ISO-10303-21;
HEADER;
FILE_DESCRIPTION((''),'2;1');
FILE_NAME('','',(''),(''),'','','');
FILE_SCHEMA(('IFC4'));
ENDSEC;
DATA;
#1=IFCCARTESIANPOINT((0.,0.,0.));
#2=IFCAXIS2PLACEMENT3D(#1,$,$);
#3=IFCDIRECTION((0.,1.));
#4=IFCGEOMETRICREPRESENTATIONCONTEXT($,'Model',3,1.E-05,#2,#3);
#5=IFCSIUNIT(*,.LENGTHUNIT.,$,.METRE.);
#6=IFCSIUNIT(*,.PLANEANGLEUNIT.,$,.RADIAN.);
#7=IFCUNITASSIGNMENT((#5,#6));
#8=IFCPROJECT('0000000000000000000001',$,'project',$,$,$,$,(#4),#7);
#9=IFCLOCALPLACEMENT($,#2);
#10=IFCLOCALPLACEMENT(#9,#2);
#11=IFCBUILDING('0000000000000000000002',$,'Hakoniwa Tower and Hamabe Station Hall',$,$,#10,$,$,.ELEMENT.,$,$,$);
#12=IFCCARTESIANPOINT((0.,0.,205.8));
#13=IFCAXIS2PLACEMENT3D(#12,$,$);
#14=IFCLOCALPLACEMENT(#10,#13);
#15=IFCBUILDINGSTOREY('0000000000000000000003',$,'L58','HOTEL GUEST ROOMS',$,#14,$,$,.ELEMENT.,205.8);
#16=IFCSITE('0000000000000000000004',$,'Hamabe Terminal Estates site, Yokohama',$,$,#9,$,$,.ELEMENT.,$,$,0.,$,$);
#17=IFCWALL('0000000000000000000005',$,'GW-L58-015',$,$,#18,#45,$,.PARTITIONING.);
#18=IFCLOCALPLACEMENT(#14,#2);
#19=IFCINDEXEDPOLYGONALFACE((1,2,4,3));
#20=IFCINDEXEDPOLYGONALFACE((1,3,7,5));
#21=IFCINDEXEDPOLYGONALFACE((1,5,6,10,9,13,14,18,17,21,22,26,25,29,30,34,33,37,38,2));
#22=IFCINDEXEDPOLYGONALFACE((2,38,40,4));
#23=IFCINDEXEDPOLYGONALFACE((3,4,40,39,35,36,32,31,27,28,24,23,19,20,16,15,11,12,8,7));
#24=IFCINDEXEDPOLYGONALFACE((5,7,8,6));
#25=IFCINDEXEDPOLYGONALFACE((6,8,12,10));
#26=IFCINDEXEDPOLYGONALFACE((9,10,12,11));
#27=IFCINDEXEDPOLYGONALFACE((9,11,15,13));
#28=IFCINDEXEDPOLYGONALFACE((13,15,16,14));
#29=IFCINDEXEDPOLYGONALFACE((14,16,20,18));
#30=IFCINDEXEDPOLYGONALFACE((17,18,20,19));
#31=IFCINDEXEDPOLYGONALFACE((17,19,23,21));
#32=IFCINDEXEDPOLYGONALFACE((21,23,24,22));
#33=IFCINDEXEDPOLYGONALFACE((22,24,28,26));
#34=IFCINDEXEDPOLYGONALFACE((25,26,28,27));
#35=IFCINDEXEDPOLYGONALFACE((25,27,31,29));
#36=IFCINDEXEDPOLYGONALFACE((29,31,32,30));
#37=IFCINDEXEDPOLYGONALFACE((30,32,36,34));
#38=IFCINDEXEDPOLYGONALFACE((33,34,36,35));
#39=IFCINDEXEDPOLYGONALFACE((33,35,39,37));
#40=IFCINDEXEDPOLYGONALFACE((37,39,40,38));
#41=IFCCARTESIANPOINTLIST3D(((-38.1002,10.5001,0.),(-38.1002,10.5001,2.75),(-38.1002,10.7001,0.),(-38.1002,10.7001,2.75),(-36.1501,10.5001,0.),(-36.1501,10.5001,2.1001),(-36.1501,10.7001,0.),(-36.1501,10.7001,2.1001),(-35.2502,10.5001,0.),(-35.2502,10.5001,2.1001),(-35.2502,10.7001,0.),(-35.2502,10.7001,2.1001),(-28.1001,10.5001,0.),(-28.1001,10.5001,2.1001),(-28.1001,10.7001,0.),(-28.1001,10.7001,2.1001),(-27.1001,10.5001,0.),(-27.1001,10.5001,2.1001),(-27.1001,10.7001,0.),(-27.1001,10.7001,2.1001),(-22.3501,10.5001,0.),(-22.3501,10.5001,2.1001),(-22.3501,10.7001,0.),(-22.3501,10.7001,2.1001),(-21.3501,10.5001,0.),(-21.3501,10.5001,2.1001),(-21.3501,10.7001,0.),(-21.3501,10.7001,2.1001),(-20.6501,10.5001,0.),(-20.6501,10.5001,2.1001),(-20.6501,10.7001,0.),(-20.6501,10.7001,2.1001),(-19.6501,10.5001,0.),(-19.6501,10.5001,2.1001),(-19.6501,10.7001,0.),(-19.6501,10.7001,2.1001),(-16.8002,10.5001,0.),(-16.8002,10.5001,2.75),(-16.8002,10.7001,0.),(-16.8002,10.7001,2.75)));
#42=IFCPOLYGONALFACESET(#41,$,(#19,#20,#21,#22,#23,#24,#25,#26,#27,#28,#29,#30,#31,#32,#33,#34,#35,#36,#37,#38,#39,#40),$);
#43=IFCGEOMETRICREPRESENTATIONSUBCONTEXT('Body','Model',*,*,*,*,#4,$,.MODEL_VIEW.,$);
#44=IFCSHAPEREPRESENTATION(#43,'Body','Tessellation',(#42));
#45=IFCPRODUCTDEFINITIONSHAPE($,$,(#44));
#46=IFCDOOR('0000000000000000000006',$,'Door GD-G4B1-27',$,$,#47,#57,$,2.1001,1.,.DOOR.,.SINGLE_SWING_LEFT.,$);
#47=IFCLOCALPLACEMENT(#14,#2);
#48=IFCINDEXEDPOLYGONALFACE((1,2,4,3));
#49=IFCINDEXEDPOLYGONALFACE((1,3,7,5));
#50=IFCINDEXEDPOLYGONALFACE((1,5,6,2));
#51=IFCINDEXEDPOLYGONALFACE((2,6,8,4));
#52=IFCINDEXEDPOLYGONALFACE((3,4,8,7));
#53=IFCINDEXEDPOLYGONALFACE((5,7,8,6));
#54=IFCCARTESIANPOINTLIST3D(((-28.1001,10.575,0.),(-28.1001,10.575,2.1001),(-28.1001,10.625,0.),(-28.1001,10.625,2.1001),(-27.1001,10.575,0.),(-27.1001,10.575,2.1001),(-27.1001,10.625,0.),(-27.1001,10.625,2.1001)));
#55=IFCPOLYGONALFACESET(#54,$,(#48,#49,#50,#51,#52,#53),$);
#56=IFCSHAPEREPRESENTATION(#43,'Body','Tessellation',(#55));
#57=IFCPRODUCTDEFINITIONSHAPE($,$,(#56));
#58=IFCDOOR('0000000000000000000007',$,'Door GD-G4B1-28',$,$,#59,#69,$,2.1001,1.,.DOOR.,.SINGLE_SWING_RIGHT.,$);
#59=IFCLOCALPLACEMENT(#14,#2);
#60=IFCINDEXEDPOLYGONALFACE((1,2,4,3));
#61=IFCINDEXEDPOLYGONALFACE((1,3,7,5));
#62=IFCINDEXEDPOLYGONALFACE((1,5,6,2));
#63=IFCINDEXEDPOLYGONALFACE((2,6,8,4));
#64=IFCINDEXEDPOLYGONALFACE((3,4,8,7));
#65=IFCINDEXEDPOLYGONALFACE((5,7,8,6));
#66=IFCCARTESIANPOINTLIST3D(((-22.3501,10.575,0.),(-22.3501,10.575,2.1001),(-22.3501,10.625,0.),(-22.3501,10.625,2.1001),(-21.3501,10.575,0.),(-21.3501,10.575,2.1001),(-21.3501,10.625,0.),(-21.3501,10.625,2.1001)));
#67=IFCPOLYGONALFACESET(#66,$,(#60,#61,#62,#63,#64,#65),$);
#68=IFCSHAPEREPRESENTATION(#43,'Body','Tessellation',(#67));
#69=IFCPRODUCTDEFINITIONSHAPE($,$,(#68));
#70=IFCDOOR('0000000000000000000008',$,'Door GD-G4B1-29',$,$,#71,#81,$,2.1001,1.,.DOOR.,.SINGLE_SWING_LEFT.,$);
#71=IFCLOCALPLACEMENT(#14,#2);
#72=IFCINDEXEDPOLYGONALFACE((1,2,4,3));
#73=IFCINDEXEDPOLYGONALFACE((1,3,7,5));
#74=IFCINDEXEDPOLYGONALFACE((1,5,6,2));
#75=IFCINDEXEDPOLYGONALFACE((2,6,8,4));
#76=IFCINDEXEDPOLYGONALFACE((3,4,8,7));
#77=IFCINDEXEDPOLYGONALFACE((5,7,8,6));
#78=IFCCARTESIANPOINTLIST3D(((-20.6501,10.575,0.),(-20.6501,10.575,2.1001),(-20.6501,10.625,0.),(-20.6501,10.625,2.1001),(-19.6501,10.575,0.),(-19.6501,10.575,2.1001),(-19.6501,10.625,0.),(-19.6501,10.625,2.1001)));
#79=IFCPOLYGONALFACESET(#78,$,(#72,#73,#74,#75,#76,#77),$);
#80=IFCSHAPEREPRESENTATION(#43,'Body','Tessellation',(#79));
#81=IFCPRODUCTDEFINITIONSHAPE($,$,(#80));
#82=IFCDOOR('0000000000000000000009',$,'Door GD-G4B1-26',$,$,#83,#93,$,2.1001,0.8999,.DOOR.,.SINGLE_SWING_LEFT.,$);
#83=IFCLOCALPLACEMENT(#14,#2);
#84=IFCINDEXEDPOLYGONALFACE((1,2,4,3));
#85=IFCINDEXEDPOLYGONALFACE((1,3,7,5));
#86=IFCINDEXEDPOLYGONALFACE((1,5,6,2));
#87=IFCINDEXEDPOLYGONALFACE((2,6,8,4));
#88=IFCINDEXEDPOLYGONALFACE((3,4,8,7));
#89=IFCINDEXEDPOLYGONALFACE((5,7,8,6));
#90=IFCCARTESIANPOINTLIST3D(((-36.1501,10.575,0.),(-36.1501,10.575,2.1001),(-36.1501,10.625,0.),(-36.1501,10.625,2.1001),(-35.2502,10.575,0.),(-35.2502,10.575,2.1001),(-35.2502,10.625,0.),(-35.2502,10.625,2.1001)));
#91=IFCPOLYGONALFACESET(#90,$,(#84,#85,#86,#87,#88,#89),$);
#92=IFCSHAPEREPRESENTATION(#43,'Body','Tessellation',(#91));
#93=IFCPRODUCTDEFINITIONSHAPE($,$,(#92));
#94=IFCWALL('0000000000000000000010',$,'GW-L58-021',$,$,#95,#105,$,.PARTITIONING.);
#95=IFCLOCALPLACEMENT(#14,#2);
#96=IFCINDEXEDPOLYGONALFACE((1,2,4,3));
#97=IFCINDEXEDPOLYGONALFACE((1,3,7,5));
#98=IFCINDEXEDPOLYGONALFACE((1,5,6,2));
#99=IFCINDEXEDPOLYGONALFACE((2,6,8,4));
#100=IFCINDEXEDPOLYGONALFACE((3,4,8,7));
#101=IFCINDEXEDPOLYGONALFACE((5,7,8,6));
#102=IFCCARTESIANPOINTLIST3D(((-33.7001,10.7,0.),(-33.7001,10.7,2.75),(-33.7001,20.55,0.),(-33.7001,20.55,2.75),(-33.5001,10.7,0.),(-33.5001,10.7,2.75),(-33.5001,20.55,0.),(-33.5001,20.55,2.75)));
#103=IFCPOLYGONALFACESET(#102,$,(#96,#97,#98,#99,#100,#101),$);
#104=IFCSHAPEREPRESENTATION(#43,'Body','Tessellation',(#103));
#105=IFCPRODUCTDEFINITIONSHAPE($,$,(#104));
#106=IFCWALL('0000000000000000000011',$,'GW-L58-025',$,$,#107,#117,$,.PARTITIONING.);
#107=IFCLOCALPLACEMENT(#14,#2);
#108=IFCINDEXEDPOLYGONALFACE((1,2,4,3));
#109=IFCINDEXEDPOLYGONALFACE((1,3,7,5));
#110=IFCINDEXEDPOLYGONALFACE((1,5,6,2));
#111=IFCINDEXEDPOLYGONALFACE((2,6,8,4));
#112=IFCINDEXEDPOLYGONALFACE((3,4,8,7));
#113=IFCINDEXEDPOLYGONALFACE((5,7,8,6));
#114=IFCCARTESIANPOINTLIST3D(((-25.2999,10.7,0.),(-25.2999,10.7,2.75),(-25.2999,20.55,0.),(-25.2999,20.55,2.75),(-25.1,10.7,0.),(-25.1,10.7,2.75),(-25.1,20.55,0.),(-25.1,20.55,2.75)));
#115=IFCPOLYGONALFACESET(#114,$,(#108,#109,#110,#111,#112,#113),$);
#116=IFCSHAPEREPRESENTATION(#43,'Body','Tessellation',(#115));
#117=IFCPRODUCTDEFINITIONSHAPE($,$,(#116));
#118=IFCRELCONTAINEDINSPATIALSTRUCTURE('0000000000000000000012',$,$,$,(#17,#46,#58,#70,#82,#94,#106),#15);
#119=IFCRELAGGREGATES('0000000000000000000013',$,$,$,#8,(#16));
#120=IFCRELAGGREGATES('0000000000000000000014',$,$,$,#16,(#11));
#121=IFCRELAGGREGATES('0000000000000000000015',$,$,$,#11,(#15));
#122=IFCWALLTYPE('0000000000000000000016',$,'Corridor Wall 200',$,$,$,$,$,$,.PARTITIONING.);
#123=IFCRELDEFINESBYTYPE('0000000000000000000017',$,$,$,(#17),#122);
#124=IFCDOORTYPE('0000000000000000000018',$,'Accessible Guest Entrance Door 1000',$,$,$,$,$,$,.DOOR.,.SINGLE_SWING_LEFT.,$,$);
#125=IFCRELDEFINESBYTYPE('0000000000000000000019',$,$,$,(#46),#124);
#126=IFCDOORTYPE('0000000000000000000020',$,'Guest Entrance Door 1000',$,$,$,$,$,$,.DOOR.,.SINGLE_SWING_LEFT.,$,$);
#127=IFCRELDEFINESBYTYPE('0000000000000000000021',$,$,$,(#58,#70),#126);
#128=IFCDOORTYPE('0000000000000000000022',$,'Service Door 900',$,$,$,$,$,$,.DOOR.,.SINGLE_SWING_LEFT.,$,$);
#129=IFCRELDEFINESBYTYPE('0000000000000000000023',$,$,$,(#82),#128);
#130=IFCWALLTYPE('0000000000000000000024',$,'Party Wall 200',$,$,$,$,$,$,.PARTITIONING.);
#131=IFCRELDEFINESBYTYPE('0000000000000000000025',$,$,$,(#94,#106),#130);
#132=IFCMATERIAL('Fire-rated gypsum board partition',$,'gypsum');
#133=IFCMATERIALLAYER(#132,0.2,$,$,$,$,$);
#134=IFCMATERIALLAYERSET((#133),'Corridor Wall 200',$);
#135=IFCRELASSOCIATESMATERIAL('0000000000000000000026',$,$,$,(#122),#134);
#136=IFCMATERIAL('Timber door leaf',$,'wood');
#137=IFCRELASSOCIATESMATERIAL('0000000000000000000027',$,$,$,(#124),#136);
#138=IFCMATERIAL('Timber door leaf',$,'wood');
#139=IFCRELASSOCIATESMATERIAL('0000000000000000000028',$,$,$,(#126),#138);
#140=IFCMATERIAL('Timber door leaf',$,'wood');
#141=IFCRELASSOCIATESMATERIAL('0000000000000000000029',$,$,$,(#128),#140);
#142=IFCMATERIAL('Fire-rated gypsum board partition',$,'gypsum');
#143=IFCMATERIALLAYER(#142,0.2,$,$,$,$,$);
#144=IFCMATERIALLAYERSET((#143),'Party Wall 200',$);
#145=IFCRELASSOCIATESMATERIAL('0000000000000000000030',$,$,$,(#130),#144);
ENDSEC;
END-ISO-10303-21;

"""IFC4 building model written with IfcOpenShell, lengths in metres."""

from ifc_helpers import new_model, si_unit, direction, frame, frame_2d, origin, place, context, subcontext, project, spatial, rectangle, extrude, material, layer, layer_set, type_object, element, fill, save


model = new_model("IFC4")

# Units and contexts
model_context = context("Model", 3, precision=1e-05, world=origin(), true_north=direction((0.0, 1.0)))
body_context = subcontext(model_context, "Body", "Model", "MODEL_VIEW")
ifc_project = project(units=[si_unit("LENGTHUNIT", "METRE"), si_unit("PLANEANGLEUNIT", "RADIAN")], contexts=[model_context])

# Site, building, storey
site_placement = place(None, origin())
site = spatial("IfcSite", under=ifc_project, at=site_placement, Name="Hamabe Terminal Estates site, Yokohama", CompositionType="ELEMENT", RefElevation=0.0)
building_placement = place(site_placement, origin())
building = spatial("IfcBuilding", under=site, at=building_placement, Name="Hakoniwa Tower and Hamabe Station Hall", CompositionType="ELEMENT")
storey_placement = place(building_placement, frame((0.0, 0.0, 205.8)))
storey = spatial("IfcBuildingStorey", under=building, at=storey_placement, Name="L58", Description="HOTEL GUEST ROOMS", CompositionType="ELEMENT", Elevation=205.8)

# Wall, openings, doors
ifc_material_1 = material(Name="Fire-rated gypsum board partition", Category="gypsum")
ifc_layer_1 = layer(ifc_material_1, 0.2)
ifc_layer_set_1 = layer_set([ifc_layer_1], Name="Corridor Wall 200")
wall_type_1 = type_object("IfcWallType", Name="Corridor Wall 200", PredefinedType="PARTITIONING", material=ifc_layer_set_1)
wall_1_placement = place(storey_placement, frame((-38.1001, 10.6001, 0.0), z_axis=(0.0, 0.0, 1.0), x_axis=(1.0, 0.0, 0.0)))
wall_1 = element("IfcWall", 1, at=wall_1_placement, inside=storey, type_object=wall_type_1, Name="GW-L58-015", PredefinedType="PARTITIONING", context=body_context, shape_type="SweptSolid", body=[
    extrude(rectangle(XDim=21.3, YDim=0.2, at=frame_2d((10.6499, 0.0))), origin(), (0.0, 0.0, 1.0), 2.75),
])
opening_1_placement = place(wall_1_placement, frame((1.95, 0.0, 0.0)))
opening_1 = element("IfcOpeningElement", 2, at=opening_1_placement, cuts=wall_1, PredefinedType="OPENING", context=body_context, shape_type="SweptSolid", body=[
    extrude(rectangle(XDim=0.8999, YDim=2.1001, at=frame_2d((0.45, 1.05))), frame((0.0, 0.1099, 0.0), z_axis=(0.0, -1.0, 0.0), x_axis=(1.0, 0.0, 0.0)), (0.0, 0.0, 1.0), 0.22),
])
opening_2_placement = place(wall_1_placement, frame((10.0, 0.0, 0.0)))
opening_2 = element("IfcOpeningElement", 3, at=opening_2_placement, cuts=wall_1, PredefinedType="OPENING", context=body_context, shape_type="SweptSolid", body=[
    extrude(rectangle(XDim=1.0, YDim=2.1001, at=frame_2d((0.5, 1.05))), frame((0.0, 0.1099, 0.0), z_axis=(0.0, -1.0, 0.0), x_axis=(1.0, 0.0, 0.0)), (0.0, 0.0, 1.0), 0.22),
])
opening_3_placement = place(wall_1_placement, frame((15.75, 0.0, 0.0)))
opening_3 = element("IfcOpeningElement", 4, at=opening_3_placement, cuts=wall_1, PredefinedType="OPENING", context=body_context, shape_type="SweptSolid", body=[
    extrude(rectangle(XDim=1.0, YDim=2.1001, at=frame_2d((0.5, 1.05))), frame((0.0, 0.1099, 0.0), z_axis=(0.0, -1.0, 0.0), x_axis=(1.0, 0.0, 0.0)), (0.0, 0.0, 1.0), 0.22),
])
opening_4_placement = place(wall_1_placement, frame((17.45, 0.0, 0.0)))
opening_4 = element("IfcOpeningElement", 5, at=opening_4_placement, cuts=wall_1, PredefinedType="OPENING", context=body_context, shape_type="SweptSolid", body=[
    extrude(rectangle(XDim=1.0, YDim=2.1001, at=frame_2d((0.5, 1.05))), frame((0.0, 0.1099, 0.0), z_axis=(0.0, -1.0, 0.0), x_axis=(1.0, 0.0, 0.0)), (0.0, 0.0, 1.0), 0.22),
])
ifc_material_2 = material(Name="Timber door leaf", Category="wood")
door_type_1 = type_object("IfcDoorType", Name="Accessible Guest Entrance Door 1000", OperationType="SINGLE_SWING_LEFT", PredefinedType="DOOR", material=ifc_material_2)
door_1_placement = place(opening_2_placement, origin())
door_1 = element("IfcDoor", 6, at=door_1_placement, inside=storey, type_object=door_type_1, Name="Door GD-G4B1-27", OperationType="SINGLE_SWING_LEFT", OverallHeight=2.1001, OverallWidth=1.0, PredefinedType="DOOR", context=body_context, shape_type="SweptSolid", body=[
    extrude(rectangle(XDim=1.0, YDim=2.1001, at=frame_2d((0.5, 1.05))), frame((0.0, 0.0249, 0.0), z_axis=(0.0, -1.0, 0.0), x_axis=(1.0, 0.0, 0.0)), (0.0, 0.0, 1.0), 0.05),
])
fill(opening_2, door_1)
ifc_material_3 = material(Name="Timber door leaf", Category="wood")
door_type_2 = type_object("IfcDoorType", Name="Guest Entrance Door 1000", OperationType="SINGLE_SWING_LEFT", PredefinedType="DOOR", material=ifc_material_3)
door_2_placement = place(opening_3_placement, origin())
door_2 = element("IfcDoor", 7, at=door_2_placement, inside=storey, type_object=door_type_2, Name="Door GD-G4B1-28", OperationType="SINGLE_SWING_RIGHT", OverallHeight=2.1001, OverallWidth=1.0, PredefinedType="DOOR", context=body_context, shape_type="SweptSolid", body=[
    extrude(rectangle(XDim=1.0, YDim=2.1001, at=frame_2d((0.5, 1.05))), frame((0.0, 0.0249, 0.0), z_axis=(0.0, -1.0, 0.0), x_axis=(1.0, 0.0, 0.0)), (0.0, 0.0, 1.0), 0.05),
])
fill(opening_3, door_2)
door_3_placement = place(opening_4_placement, origin())
door_3 = element("IfcDoor", 8, at=door_3_placement, inside=storey, type_object=door_type_2, Name="Door GD-G4B1-29", OperationType="SINGLE_SWING_LEFT", OverallHeight=2.1001, OverallWidth=1.0, PredefinedType="DOOR", context=body_context, shape_type="SweptSolid", body=[
    extrude(rectangle(XDim=1.0, YDim=2.1001, at=frame_2d((0.5, 1.05))), frame((0.0, 0.0249, 0.0), z_axis=(0.0, -1.0, 0.0), x_axis=(1.0, 0.0, 0.0)), (0.0, 0.0, 1.0), 0.05),
])
fill(opening_4, door_3)
ifc_material_4 = material(Name="Timber door leaf", Category="wood")
door_type_3 = type_object("IfcDoorType", Name="Service Door 900", OperationType="SINGLE_SWING_LEFT", PredefinedType="DOOR", material=ifc_material_4)
door_4_placement = place(opening_1_placement, origin())
door_4 = element("IfcDoor", 9, at=door_4_placement, inside=storey, type_object=door_type_3, Name="Door GD-G4B1-26", OperationType="SINGLE_SWING_LEFT", OverallHeight=2.1001, OverallWidth=0.8999, PredefinedType="DOOR", context=body_context, shape_type="SweptSolid", body=[
    extrude(rectangle(XDim=0.8999, YDim=2.1001, at=frame_2d((0.45, 1.05))), frame((0.0, 0.0249, 0.0), z_axis=(0.0, -1.0, 0.0), x_axis=(1.0, 0.0, 0.0)), (0.0, 0.0, 1.0), 0.05),
])
fill(opening_1, door_4)

# Walls
ifc_material_5 = material(Name="Fire-rated gypsum board partition", Category="gypsum")
ifc_layer_2 = layer(ifc_material_5, 0.2)
ifc_layer_set_2 = layer_set([ifc_layer_2], Name="Party Wall 200")
wall_type_2 = type_object("IfcWallType", Name="Party Wall 200", PredefinedType="PARTITIONING", material=ifc_layer_set_2)
for number, where, z_axis, x_axis, name in (
    (10, (-33.6001, 10.7, 0.0), (0.0, 0.0, 1.0), (0.0, 1.0, 0.0), "GW-L58-021"),
    (11, (-25.2, 10.7, 0.0), (0.0, 0.0, 1.0), (0.0, 1.0, 0.0), "GW-L58-025"),
):
    element("IfcWall", number, at=place(storey_placement, frame(where, z_axis=z_axis, x_axis=x_axis)), inside=storey, type_object=wall_type_2, Name=name, PredefinedType="PARTITIONING", context=body_context, shape_type="SweptSolid", body=[
        extrude(rectangle(XDim=9.8501, YDim=0.2, at=frame_2d((4.925, 0.0))), origin(), (0.0, 0.0, 1.0), 2.75),
    ])

save(model, "model.ifc")
